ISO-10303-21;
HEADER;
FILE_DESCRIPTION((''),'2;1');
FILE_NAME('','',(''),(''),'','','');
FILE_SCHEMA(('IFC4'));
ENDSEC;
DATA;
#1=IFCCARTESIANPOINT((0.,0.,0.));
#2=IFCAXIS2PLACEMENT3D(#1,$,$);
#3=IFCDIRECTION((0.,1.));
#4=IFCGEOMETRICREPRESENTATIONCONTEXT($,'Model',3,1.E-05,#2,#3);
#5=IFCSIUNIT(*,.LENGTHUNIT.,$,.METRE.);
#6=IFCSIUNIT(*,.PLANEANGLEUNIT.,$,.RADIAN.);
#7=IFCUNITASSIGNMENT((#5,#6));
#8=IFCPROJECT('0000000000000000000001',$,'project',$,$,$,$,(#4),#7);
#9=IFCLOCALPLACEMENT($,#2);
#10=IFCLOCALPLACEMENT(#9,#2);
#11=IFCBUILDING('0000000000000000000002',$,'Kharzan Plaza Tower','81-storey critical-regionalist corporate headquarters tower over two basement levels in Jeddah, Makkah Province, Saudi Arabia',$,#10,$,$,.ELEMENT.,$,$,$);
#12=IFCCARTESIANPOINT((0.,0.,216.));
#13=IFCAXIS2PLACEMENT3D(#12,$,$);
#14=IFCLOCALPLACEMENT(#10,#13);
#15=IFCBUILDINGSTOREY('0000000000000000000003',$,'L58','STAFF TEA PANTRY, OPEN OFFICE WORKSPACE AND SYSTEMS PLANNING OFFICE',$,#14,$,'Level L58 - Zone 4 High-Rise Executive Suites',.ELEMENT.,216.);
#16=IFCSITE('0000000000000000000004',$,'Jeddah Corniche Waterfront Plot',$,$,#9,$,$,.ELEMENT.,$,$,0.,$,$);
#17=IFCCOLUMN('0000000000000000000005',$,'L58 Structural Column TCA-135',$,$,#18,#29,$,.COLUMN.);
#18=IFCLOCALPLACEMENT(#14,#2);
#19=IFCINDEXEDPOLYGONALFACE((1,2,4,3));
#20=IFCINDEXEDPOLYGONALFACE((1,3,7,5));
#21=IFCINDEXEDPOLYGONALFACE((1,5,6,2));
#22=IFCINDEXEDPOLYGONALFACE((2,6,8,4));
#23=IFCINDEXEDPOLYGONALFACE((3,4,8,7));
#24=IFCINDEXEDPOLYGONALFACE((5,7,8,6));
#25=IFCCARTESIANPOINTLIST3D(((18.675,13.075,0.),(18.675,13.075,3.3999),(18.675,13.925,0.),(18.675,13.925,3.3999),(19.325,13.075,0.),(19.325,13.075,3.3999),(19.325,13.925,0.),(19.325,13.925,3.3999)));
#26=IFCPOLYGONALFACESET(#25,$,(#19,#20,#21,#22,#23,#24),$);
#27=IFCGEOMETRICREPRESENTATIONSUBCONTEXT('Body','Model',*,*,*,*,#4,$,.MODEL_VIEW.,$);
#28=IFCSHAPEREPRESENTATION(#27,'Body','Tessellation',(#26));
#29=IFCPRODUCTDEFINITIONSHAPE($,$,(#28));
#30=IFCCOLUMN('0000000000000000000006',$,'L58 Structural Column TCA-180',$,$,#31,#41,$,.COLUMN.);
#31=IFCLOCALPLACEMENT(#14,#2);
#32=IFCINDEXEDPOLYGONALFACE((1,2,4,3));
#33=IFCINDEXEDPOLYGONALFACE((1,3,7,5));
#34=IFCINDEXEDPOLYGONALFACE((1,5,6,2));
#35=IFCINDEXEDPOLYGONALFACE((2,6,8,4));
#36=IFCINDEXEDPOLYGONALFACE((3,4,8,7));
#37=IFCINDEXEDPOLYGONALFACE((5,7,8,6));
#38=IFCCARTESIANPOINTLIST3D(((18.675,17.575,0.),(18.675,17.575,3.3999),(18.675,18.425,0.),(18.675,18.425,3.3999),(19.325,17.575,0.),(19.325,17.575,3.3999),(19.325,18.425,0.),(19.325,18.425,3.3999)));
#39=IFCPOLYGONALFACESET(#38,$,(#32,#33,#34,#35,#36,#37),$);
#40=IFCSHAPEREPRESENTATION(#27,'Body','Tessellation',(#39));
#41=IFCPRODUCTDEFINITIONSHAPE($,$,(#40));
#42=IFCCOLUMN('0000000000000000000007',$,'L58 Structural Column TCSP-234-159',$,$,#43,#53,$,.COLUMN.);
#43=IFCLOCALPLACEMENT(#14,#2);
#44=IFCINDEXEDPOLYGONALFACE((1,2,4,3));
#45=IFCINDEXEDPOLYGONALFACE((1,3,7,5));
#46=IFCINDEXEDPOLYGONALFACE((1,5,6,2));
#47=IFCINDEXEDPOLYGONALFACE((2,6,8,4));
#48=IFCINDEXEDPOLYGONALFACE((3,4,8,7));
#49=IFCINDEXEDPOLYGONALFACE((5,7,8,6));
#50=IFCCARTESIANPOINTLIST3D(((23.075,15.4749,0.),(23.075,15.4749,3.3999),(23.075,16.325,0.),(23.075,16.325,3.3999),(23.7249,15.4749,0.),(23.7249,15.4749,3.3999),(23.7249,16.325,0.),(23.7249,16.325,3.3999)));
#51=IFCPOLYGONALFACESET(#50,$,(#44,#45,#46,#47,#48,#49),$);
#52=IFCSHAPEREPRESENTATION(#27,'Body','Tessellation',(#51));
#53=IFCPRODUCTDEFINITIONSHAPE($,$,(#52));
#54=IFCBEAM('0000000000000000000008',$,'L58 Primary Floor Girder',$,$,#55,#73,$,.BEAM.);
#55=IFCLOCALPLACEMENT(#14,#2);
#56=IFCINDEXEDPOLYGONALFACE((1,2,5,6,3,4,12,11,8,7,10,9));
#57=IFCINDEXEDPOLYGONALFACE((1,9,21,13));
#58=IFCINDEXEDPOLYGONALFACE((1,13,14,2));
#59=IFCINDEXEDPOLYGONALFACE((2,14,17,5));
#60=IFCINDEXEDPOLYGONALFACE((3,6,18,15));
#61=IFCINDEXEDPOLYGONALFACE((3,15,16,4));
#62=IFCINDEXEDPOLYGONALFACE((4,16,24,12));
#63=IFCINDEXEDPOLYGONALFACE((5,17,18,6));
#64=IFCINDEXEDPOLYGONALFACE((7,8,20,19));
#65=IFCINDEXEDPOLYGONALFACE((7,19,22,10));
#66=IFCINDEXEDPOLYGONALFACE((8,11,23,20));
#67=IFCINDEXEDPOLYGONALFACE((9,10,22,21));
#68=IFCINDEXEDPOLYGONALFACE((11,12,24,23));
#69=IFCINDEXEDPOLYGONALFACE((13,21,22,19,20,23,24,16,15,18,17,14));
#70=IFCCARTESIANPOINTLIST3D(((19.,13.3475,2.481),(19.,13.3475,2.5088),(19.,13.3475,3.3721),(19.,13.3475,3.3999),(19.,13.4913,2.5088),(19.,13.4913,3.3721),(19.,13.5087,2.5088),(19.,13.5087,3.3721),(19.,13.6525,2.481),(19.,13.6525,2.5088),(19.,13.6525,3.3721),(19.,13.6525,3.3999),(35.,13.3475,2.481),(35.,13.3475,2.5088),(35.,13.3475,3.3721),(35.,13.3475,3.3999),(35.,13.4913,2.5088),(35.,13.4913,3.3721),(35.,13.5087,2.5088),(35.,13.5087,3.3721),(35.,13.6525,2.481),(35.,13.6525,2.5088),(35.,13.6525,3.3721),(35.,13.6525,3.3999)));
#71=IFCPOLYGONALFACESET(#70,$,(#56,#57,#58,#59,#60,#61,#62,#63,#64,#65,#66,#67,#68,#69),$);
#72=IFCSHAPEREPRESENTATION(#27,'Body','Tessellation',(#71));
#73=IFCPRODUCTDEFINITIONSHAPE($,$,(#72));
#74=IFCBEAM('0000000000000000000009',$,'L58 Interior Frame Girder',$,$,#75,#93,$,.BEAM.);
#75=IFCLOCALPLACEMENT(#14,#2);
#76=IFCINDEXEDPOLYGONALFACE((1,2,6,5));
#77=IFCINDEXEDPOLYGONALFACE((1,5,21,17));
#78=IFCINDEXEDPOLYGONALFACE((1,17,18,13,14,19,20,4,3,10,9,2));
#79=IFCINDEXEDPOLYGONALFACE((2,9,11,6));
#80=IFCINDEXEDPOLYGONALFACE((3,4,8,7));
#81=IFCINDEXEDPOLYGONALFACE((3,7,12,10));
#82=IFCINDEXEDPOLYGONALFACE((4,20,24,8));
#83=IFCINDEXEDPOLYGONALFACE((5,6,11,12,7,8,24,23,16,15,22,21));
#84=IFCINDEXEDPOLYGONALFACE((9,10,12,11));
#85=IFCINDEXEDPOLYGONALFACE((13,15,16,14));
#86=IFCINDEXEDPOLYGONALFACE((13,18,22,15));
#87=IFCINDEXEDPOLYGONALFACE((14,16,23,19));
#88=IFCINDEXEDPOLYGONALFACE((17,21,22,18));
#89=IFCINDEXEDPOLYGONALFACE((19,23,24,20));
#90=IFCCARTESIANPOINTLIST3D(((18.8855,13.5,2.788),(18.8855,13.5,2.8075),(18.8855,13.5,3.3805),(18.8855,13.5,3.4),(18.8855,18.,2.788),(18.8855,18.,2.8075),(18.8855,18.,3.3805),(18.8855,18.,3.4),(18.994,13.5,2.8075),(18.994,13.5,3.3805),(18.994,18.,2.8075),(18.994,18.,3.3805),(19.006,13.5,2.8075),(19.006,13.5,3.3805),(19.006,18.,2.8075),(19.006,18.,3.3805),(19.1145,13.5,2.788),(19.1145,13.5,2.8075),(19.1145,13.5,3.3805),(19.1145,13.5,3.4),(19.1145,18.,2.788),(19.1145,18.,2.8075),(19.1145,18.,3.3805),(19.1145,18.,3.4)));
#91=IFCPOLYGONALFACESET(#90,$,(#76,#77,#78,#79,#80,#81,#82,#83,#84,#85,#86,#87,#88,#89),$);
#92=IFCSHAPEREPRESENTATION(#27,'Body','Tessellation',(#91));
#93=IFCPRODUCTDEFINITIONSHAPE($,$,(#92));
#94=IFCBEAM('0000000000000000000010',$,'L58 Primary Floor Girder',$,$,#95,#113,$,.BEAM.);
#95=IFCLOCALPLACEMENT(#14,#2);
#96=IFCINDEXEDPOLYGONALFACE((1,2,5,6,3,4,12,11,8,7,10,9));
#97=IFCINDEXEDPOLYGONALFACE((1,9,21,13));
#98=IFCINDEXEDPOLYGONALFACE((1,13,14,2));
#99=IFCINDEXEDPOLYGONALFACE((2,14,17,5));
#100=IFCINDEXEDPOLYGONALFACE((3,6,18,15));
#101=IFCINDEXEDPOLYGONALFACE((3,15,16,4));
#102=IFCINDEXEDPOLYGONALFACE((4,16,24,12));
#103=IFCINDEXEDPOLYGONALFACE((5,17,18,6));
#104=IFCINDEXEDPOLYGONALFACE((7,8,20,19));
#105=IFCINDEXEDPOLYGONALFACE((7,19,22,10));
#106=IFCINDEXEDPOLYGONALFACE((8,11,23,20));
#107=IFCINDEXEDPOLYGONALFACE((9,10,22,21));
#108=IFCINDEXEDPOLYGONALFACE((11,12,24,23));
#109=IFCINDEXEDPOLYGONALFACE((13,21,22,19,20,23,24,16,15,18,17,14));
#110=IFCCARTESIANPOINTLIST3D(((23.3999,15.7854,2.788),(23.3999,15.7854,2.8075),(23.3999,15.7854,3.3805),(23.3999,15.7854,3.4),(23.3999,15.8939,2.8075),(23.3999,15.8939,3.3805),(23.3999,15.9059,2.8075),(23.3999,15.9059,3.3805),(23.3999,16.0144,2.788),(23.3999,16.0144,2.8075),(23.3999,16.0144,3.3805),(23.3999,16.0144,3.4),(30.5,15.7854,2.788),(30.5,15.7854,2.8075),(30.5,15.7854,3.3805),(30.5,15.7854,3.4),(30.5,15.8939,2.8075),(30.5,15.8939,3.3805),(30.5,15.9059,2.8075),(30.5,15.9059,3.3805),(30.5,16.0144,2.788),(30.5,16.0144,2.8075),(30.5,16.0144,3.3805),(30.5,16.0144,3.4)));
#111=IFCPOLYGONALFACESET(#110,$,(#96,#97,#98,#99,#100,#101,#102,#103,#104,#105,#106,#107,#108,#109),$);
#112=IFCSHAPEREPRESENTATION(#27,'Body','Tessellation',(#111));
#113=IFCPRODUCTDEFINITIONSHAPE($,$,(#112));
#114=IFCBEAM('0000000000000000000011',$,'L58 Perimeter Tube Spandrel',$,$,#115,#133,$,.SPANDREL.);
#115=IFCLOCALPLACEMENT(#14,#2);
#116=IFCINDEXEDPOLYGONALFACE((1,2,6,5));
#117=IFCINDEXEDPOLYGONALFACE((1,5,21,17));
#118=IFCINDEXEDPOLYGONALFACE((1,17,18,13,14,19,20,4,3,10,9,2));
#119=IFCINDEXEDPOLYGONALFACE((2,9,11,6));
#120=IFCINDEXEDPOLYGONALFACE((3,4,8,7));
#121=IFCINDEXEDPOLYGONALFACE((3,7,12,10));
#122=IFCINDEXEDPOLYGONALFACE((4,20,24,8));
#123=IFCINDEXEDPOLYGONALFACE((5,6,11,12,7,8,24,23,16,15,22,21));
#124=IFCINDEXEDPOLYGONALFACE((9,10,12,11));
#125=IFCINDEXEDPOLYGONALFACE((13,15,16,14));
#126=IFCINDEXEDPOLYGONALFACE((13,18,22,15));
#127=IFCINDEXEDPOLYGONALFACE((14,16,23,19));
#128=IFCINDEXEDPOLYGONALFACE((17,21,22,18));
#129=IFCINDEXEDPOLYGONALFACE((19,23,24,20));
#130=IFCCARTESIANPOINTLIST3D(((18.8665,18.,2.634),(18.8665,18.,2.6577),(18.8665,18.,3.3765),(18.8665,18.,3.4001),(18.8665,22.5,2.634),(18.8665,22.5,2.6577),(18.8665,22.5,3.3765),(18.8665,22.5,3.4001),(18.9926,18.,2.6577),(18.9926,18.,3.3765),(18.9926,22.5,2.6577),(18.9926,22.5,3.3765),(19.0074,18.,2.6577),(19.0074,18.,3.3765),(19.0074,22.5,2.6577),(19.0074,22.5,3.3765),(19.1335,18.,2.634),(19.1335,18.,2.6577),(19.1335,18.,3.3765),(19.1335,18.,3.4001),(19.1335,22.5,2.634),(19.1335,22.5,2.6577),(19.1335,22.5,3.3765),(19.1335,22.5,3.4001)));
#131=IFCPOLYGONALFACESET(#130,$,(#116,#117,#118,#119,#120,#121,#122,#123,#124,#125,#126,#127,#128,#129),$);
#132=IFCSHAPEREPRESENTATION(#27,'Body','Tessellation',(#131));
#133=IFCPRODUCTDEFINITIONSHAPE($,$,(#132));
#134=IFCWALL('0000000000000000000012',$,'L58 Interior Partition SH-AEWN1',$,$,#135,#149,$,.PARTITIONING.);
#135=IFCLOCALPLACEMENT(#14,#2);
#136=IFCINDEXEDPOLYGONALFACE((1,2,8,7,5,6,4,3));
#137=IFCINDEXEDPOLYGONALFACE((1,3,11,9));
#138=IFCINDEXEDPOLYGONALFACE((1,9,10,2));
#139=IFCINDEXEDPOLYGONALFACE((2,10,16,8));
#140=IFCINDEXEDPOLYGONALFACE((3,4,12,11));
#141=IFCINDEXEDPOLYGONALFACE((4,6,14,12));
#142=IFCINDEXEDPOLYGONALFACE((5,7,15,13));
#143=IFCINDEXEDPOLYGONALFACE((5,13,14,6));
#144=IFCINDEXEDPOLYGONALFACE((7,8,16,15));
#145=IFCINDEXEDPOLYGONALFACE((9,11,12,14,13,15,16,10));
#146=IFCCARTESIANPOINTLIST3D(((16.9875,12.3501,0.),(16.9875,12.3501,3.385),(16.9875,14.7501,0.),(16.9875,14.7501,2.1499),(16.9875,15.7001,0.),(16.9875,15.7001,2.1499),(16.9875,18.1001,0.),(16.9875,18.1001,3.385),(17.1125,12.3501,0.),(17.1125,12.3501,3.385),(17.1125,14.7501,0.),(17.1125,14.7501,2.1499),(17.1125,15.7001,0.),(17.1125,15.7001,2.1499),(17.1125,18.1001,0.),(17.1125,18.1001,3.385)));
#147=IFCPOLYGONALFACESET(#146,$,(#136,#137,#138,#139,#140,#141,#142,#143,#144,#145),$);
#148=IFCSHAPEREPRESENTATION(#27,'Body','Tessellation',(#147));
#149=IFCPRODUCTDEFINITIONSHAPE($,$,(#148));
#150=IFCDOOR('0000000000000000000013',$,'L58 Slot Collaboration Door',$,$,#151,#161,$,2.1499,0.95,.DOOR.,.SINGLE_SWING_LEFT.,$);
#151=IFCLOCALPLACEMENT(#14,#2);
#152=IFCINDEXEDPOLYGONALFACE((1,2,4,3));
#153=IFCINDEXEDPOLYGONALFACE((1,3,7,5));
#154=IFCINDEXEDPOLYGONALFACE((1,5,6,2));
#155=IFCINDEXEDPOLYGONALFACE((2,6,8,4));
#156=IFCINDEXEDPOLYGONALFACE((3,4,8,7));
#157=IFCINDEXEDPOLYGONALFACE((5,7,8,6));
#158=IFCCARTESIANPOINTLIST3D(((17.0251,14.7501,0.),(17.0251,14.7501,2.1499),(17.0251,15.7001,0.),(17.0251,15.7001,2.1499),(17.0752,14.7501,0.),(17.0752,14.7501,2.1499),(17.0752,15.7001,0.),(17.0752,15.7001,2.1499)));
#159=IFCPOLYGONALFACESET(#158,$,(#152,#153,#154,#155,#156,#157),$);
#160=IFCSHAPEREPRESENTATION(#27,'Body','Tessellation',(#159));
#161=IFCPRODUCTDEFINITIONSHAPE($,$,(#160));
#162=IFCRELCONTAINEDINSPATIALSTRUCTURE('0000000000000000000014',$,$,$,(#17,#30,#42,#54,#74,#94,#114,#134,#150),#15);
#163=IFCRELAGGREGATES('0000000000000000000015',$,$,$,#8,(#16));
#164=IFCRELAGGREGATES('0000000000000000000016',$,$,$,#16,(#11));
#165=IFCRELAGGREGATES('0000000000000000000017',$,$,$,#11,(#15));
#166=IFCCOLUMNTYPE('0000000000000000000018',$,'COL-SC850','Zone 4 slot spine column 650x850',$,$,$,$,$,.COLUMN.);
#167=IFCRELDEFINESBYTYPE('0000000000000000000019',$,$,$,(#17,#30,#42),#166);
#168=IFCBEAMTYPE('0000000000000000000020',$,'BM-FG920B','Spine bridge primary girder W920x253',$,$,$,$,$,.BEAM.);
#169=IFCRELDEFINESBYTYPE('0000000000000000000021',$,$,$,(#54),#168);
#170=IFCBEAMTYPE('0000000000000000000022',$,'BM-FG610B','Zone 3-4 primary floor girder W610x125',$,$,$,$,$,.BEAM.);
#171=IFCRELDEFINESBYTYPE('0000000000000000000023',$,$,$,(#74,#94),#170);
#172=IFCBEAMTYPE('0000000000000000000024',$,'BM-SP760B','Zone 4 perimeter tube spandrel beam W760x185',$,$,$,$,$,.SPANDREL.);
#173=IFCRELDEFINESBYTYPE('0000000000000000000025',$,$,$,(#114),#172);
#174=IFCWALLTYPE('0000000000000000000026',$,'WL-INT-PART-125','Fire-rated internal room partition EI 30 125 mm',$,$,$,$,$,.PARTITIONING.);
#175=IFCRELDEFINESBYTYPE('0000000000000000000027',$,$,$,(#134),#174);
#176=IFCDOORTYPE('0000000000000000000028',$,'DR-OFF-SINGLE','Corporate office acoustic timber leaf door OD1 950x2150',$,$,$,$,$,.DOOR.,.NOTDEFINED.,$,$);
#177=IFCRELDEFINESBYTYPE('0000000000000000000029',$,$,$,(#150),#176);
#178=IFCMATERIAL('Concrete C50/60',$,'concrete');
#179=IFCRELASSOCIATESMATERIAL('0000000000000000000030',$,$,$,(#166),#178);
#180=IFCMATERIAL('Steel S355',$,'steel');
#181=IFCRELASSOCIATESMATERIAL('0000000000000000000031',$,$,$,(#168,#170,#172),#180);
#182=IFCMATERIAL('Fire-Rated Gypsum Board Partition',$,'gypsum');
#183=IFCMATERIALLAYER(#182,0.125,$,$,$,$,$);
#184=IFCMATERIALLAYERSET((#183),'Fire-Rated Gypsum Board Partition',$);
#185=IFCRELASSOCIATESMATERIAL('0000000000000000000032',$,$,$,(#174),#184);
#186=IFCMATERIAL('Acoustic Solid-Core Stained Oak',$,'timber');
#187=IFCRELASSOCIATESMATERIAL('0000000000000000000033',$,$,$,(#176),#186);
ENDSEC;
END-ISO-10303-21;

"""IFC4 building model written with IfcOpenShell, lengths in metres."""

from ifc_helpers import new_model, si_unit, direction, frame, frame_2d, origin, origin_2d, place, context, subcontext, project, spatial, rectangle, i_section, extrude, source, transform, mapped, material, layer, layer_set, material_profile, profile_set, type_object, element, fill, save


model = new_model("IFC4")

# Units and contexts
model_context = context("Model", 3, precision=1e-05, world=origin(), true_north=direction((0.0, 1.0)))
body_context = subcontext(model_context, "Body", "Model", "MODEL_VIEW")
ifc_project = project(units=[si_unit("LENGTHUNIT", "METRE"), si_unit("PLANEANGLEUNIT", "RADIAN")], contexts=[model_context])

# Site, building, storey
site_placement = place(None, origin())
site = spatial("IfcSite", under=ifc_project, at=site_placement, Name="Jeddah Corniche Waterfront Plot", CompositionType="ELEMENT", RefElevation=0.0)
building_placement = place(site_placement, origin())
building = spatial("IfcBuilding", under=site, at=building_placement, Name="Kharzan Plaza Tower", Description="81-storey critical-regionalist corporate headquarters tower over two basement levels in Jeddah, Makkah Province, Saudi Arabia", CompositionType="ELEMENT")
storey_placement = place(building_placement, frame((0.0, 0.0, 216.0)))
storey = spatial("IfcBuildingStorey", under=building, at=storey_placement, Name="L58", Description="STAFF TEA PANTRY, OPEN OFFICE WORKSPACE AND SYSTEMS PLANNING OFFICE", LongName="Level L58 - Zone 4 High-Rise Executive Suites", CompositionType="ELEMENT", Elevation=216.0)

# Columns
ifc_material_1 = material(Name="Concrete C50/60", Category="concrete")
ifc_material_profile_1 = material_profile(ifc_material_1, rectangle(XDim=0.6499, YDim=0.8501, at=origin_2d()), Name="RC-SC850x650")
ifc_profile_set_1 = profile_set([ifc_material_profile_1], Name="Concrete C50/60")
column_type = type_object("IfcColumnType", Name="COL-SC850", Description="Zone 4 slot spine column 650x850", PredefinedType="COLUMN", material=ifc_profile_set_1)
shared_shape_1 = source(origin(), body_context, "Body", "SweptSolid", [
    extrude(rectangle(XDim=0.6499, YDim=0.8501, at=origin_2d()), origin(), (0.0, 0.0, 1.0), 3.3999),
])
for number, where, z_axis, x_axis, name in (
    (1, (19.0, 13.5, 0.0), (0.0, 0.0, 1.0), (1.0, 0.0, 0.0), "L58 Structural Column TCA-135"),
    (2, (19.0, 18.0, 0.0), (0.0, 0.0, 1.0), (1.0, 0.0, 0.0), "L58 Structural Column TCA-180"),
    (3, (23.3999, 15.8999, 0.0), (0.0, 0.0, 1.0), (1.0, 0.0, 0.0), "L58 Structural Column TCSP-234-159"),
):
    element("IfcColumn", number, at=place(storey_placement, frame(where, z_axis=z_axis, x_axis=x_axis)), inside=storey, type_object=column_type, Name=name, PredefinedType="COLUMN", context=body_context, shape_type="MappedRepresentation", body=[
        mapped(shared_shape_1, transform((0.0, 0.0, 0.0), x_axis=(1.0, 0.0, 0.0), y_axis=(0.0, 1.0, 0.0), z_axis=(0.0, 0.0, 1.0))),
    ])

# Beams
ifc_material_2 = material(Name="Steel S355", Category="steel")
ifc_material_profile_2 = material_profile(ifc_material_2, i_section(OverallWidth=0.3049, OverallDepth=0.9189, WebThickness=0.0173, FlangeThickness=0.0278, at=origin_2d()), Name="W920x253")
ifc_profile_set_2 = profile_set([ifc_material_profile_2], Name="Steel S355")
beam_type_1 = type_object("IfcBeamType", Name="BM-FG920B", Description="Spine bridge primary girder W920x253", PredefinedType="BEAM", material=ifc_profile_set_2)
shared_shape_2 = source(origin(), body_context, "Body", "SweptSolid", [
    extrude(i_section(OverallWidth=0.3049, OverallDepth=0.9189, WebThickness=0.0173, FlangeThickness=0.0278, at=origin_2d()), origin(), (0.0, 0.0, 1.0), 16.0),
])
beam_1_placement = place(storey_placement, frame((19.0, 13.5, 2.9404), z_axis=(1.0, 0.0, 0.0), x_axis=(0.0, 1.0, 0.0)))
element("IfcBeam", 4, at=beam_1_placement, inside=storey, type_object=beam_type_1, Name="L58 Primary Floor Girder", PredefinedType="BEAM", context=body_context, shape_type="MappedRepresentation", body=[
    mapped(shared_shape_2, transform((0.0, 0.0, 0.0), x_axis=(1.0, 0.0, 0.0), y_axis=(0.0, 1.0, 0.0), z_axis=(0.0, 0.0, 1.0))),
])
ifc_material_profile_3 = material_profile(ifc_material_2, i_section(OverallWidth=0.229, OverallDepth=0.6121, WebThickness=0.012, FlangeThickness=0.0195, at=origin_2d()), Name="W610x125")
ifc_profile_set_3 = profile_set([ifc_material_profile_3], Name="Steel S355")
beam_type_2 = type_object("IfcBeamType", Name="BM-FG610B", Description="Zone 3-4 primary floor girder W610x125", PredefinedType="BEAM", material=ifc_profile_set_3)
shared_shape_3 = source(origin(), body_context, "Body", "SweptSolid", [
    extrude(i_section(OverallWidth=0.229, OverallDepth=0.6121, WebThickness=0.012, FlangeThickness=0.0195, at=origin_2d()), origin(), (0.0, 0.0, 1.0), 4.5),
])
beam_2_placement = place(storey_placement, frame((19.0, 13.5, 3.094), z_axis=(0.0, 1.0, 0.0), x_axis=(-1.0, 0.0, 0.0)))
element("IfcBeam", 5, at=beam_2_placement, inside=storey, type_object=beam_type_2, Name="L58 Interior Frame Girder", PredefinedType="BEAM", context=body_context, shape_type="MappedRepresentation", body=[
    mapped(shared_shape_3, transform((0.0, 0.0, 0.0), x_axis=(1.0, 0.0, 0.0), y_axis=(0.0, 1.0, 0.0), z_axis=(0.0, 0.0, 1.0))),
])
shared_shape_4 = source(origin(), body_context, "Body", "SweptSolid", [
    extrude(i_section(OverallWidth=0.229, OverallDepth=0.6121, WebThickness=0.012, FlangeThickness=0.0195, at=origin_2d()), origin(), (0.0, 0.0, 1.0), 7.1001),
])
beam_3_placement = place(storey_placement, frame((23.3999, 15.8999, 3.094), z_axis=(1.0, 0.0, 0.0), x_axis=(0.0, 1.0, 0.0)))
element("IfcBeam", 6, at=beam_3_placement, inside=storey, type_object=beam_type_2, Name="L58 Primary Floor Girder", PredefinedType="BEAM", context=body_context, shape_type="MappedRepresentation", body=[
    mapped(shared_shape_4, transform((0.0, 0.0, 0.0), x_axis=(1.0, 0.0, 0.0), y_axis=(0.0, 1.0, 0.0), z_axis=(0.0, 0.0, 1.0))),
])
ifc_material_profile_4 = material_profile(ifc_material_2, i_section(OverallWidth=0.2671, OverallDepth=0.7661, WebThickness=0.0149, FlangeThickness=0.0237, at=origin_2d()), Name="W760x185")
ifc_profile_set_4 = profile_set([ifc_material_profile_4], Name="Steel S355")
beam_type_3 = type_object("IfcBeamType", Name="BM-SP760B", Description="Zone 4 perimeter tube spandrel beam W760x185", PredefinedType="SPANDREL", material=ifc_profile_set_4)
shared_shape_5 = source(origin(), body_context, "Body", "SweptSolid", [
    extrude(i_section(OverallWidth=0.2671, OverallDepth=0.7661, WebThickness=0.0149, FlangeThickness=0.0237, at=origin_2d()), origin(), (0.0, 0.0, 1.0), 4.5),
])
beam_4_placement = place(storey_placement, frame((19.0, 18.0, 3.0171), z_axis=(0.0, 1.0, 0.0), x_axis=(-1.0, 0.0, 0.0)))
element("IfcBeam", 7, at=beam_4_placement, inside=storey, type_object=beam_type_3, Name="L58 Perimeter Tube Spandrel", PredefinedType="SPANDREL", context=body_context, shape_type="MappedRepresentation", body=[
    mapped(shared_shape_5, transform((0.0, 0.0, 0.0), x_axis=(1.0, 0.0, 0.0), y_axis=(0.0, 1.0, 0.0), z_axis=(0.0, 0.0, 1.0))),
])

# Wall, opening, door
ifc_material_3 = material(Name="Fire-Rated Gypsum Board Partition", Category="gypsum")
ifc_layer = layer(ifc_material_3, 0.125)
ifc_layer_set = layer_set([ifc_layer], Name="Fire-Rated Gypsum Board Partition")
wall_type = type_object("IfcWallType", Name="WL-INT-PART-125", Description="Fire-rated internal room partition EI 30 125 mm", PredefinedType="PARTITIONING", material=ifc_layer_set)
wall_1_placement = place(storey_placement, frame((17.05, 12.3501, 0.0), z_axis=(0.0, 0.0, 1.0), x_axis=(0.0, 1.0, 0.0)))
wall_1 = element("IfcWall", 8, at=wall_1_placement, inside=storey, type_object=wall_type, Name="L58 Interior Partition SH-AEWN1", PredefinedType="PARTITIONING", context=body_context, shape_type="SweptSolid", body=[
    extrude(rectangle(XDim=5.75, YDim=0.125, at=frame_2d((2.875, 0.0))), origin(), (0.0, 0.0, 1.0), 3.385),
])
opening_1_placement = place(wall_1_placement, frame((2.3999, 0.0, 0.0)))
opening_1 = element("IfcOpeningElement", 9, at=opening_1_placement, cuts=wall_1, PredefinedType="OPENING", context=body_context, shape_type="SweptSolid", body=[
    extrude(rectangle(XDim=0.95, YDim=2.1499, at=frame_2d((0.4751, 1.075))), frame((0.0, 0.0725, 0.0), z_axis=(0.0, -1.0, 0.0), x_axis=(1.0, 0.0, 0.0)), (0.0, 0.0, 1.0), 0.145),
])
ifc_material_4 = material(Name="Acoustic Solid-Core Stained Oak", Category="timber")
door_type = type_object("IfcDoorType", Name="DR-OFF-SINGLE", Description="Corporate office acoustic timber leaf door OD1 950x2150", OperationType="NOTDEFINED", PredefinedType="DOOR", material=ifc_material_4)
shared_shape_6 = source(origin(), body_context, "Body", "SweptSolid", [
    extrude(rectangle(XDim=0.95, YDim=2.1499, at=frame_2d((0.4751, 1.075))), frame((0.0, 0.0249, 0.0), z_axis=(0.0, -1.0, 0.0), x_axis=(1.0, 0.0, 0.0)), (0.0, 0.0, 1.0), 0.05),
])
door_1_placement = place(opening_1_placement, origin())
door_1 = element("IfcDoor", 10, at=door_1_placement, inside=storey, type_object=door_type, Name="L58 Slot Collaboration Door", OperationType="SINGLE_SWING_LEFT", OverallHeight=2.1499, OverallWidth=0.95, PredefinedType="DOOR", context=body_context, shape_type="MappedRepresentation", body=[
    mapped(shared_shape_6, transform((0.0, 0.0, 0.0), x_axis=(1.0, 0.0, 0.0), y_axis=(0.0, 1.0, 0.0), z_axis=(0.0, 0.0, 1.0))),
])
fill(opening_1, door_1)

save(model, "model.ifc")
